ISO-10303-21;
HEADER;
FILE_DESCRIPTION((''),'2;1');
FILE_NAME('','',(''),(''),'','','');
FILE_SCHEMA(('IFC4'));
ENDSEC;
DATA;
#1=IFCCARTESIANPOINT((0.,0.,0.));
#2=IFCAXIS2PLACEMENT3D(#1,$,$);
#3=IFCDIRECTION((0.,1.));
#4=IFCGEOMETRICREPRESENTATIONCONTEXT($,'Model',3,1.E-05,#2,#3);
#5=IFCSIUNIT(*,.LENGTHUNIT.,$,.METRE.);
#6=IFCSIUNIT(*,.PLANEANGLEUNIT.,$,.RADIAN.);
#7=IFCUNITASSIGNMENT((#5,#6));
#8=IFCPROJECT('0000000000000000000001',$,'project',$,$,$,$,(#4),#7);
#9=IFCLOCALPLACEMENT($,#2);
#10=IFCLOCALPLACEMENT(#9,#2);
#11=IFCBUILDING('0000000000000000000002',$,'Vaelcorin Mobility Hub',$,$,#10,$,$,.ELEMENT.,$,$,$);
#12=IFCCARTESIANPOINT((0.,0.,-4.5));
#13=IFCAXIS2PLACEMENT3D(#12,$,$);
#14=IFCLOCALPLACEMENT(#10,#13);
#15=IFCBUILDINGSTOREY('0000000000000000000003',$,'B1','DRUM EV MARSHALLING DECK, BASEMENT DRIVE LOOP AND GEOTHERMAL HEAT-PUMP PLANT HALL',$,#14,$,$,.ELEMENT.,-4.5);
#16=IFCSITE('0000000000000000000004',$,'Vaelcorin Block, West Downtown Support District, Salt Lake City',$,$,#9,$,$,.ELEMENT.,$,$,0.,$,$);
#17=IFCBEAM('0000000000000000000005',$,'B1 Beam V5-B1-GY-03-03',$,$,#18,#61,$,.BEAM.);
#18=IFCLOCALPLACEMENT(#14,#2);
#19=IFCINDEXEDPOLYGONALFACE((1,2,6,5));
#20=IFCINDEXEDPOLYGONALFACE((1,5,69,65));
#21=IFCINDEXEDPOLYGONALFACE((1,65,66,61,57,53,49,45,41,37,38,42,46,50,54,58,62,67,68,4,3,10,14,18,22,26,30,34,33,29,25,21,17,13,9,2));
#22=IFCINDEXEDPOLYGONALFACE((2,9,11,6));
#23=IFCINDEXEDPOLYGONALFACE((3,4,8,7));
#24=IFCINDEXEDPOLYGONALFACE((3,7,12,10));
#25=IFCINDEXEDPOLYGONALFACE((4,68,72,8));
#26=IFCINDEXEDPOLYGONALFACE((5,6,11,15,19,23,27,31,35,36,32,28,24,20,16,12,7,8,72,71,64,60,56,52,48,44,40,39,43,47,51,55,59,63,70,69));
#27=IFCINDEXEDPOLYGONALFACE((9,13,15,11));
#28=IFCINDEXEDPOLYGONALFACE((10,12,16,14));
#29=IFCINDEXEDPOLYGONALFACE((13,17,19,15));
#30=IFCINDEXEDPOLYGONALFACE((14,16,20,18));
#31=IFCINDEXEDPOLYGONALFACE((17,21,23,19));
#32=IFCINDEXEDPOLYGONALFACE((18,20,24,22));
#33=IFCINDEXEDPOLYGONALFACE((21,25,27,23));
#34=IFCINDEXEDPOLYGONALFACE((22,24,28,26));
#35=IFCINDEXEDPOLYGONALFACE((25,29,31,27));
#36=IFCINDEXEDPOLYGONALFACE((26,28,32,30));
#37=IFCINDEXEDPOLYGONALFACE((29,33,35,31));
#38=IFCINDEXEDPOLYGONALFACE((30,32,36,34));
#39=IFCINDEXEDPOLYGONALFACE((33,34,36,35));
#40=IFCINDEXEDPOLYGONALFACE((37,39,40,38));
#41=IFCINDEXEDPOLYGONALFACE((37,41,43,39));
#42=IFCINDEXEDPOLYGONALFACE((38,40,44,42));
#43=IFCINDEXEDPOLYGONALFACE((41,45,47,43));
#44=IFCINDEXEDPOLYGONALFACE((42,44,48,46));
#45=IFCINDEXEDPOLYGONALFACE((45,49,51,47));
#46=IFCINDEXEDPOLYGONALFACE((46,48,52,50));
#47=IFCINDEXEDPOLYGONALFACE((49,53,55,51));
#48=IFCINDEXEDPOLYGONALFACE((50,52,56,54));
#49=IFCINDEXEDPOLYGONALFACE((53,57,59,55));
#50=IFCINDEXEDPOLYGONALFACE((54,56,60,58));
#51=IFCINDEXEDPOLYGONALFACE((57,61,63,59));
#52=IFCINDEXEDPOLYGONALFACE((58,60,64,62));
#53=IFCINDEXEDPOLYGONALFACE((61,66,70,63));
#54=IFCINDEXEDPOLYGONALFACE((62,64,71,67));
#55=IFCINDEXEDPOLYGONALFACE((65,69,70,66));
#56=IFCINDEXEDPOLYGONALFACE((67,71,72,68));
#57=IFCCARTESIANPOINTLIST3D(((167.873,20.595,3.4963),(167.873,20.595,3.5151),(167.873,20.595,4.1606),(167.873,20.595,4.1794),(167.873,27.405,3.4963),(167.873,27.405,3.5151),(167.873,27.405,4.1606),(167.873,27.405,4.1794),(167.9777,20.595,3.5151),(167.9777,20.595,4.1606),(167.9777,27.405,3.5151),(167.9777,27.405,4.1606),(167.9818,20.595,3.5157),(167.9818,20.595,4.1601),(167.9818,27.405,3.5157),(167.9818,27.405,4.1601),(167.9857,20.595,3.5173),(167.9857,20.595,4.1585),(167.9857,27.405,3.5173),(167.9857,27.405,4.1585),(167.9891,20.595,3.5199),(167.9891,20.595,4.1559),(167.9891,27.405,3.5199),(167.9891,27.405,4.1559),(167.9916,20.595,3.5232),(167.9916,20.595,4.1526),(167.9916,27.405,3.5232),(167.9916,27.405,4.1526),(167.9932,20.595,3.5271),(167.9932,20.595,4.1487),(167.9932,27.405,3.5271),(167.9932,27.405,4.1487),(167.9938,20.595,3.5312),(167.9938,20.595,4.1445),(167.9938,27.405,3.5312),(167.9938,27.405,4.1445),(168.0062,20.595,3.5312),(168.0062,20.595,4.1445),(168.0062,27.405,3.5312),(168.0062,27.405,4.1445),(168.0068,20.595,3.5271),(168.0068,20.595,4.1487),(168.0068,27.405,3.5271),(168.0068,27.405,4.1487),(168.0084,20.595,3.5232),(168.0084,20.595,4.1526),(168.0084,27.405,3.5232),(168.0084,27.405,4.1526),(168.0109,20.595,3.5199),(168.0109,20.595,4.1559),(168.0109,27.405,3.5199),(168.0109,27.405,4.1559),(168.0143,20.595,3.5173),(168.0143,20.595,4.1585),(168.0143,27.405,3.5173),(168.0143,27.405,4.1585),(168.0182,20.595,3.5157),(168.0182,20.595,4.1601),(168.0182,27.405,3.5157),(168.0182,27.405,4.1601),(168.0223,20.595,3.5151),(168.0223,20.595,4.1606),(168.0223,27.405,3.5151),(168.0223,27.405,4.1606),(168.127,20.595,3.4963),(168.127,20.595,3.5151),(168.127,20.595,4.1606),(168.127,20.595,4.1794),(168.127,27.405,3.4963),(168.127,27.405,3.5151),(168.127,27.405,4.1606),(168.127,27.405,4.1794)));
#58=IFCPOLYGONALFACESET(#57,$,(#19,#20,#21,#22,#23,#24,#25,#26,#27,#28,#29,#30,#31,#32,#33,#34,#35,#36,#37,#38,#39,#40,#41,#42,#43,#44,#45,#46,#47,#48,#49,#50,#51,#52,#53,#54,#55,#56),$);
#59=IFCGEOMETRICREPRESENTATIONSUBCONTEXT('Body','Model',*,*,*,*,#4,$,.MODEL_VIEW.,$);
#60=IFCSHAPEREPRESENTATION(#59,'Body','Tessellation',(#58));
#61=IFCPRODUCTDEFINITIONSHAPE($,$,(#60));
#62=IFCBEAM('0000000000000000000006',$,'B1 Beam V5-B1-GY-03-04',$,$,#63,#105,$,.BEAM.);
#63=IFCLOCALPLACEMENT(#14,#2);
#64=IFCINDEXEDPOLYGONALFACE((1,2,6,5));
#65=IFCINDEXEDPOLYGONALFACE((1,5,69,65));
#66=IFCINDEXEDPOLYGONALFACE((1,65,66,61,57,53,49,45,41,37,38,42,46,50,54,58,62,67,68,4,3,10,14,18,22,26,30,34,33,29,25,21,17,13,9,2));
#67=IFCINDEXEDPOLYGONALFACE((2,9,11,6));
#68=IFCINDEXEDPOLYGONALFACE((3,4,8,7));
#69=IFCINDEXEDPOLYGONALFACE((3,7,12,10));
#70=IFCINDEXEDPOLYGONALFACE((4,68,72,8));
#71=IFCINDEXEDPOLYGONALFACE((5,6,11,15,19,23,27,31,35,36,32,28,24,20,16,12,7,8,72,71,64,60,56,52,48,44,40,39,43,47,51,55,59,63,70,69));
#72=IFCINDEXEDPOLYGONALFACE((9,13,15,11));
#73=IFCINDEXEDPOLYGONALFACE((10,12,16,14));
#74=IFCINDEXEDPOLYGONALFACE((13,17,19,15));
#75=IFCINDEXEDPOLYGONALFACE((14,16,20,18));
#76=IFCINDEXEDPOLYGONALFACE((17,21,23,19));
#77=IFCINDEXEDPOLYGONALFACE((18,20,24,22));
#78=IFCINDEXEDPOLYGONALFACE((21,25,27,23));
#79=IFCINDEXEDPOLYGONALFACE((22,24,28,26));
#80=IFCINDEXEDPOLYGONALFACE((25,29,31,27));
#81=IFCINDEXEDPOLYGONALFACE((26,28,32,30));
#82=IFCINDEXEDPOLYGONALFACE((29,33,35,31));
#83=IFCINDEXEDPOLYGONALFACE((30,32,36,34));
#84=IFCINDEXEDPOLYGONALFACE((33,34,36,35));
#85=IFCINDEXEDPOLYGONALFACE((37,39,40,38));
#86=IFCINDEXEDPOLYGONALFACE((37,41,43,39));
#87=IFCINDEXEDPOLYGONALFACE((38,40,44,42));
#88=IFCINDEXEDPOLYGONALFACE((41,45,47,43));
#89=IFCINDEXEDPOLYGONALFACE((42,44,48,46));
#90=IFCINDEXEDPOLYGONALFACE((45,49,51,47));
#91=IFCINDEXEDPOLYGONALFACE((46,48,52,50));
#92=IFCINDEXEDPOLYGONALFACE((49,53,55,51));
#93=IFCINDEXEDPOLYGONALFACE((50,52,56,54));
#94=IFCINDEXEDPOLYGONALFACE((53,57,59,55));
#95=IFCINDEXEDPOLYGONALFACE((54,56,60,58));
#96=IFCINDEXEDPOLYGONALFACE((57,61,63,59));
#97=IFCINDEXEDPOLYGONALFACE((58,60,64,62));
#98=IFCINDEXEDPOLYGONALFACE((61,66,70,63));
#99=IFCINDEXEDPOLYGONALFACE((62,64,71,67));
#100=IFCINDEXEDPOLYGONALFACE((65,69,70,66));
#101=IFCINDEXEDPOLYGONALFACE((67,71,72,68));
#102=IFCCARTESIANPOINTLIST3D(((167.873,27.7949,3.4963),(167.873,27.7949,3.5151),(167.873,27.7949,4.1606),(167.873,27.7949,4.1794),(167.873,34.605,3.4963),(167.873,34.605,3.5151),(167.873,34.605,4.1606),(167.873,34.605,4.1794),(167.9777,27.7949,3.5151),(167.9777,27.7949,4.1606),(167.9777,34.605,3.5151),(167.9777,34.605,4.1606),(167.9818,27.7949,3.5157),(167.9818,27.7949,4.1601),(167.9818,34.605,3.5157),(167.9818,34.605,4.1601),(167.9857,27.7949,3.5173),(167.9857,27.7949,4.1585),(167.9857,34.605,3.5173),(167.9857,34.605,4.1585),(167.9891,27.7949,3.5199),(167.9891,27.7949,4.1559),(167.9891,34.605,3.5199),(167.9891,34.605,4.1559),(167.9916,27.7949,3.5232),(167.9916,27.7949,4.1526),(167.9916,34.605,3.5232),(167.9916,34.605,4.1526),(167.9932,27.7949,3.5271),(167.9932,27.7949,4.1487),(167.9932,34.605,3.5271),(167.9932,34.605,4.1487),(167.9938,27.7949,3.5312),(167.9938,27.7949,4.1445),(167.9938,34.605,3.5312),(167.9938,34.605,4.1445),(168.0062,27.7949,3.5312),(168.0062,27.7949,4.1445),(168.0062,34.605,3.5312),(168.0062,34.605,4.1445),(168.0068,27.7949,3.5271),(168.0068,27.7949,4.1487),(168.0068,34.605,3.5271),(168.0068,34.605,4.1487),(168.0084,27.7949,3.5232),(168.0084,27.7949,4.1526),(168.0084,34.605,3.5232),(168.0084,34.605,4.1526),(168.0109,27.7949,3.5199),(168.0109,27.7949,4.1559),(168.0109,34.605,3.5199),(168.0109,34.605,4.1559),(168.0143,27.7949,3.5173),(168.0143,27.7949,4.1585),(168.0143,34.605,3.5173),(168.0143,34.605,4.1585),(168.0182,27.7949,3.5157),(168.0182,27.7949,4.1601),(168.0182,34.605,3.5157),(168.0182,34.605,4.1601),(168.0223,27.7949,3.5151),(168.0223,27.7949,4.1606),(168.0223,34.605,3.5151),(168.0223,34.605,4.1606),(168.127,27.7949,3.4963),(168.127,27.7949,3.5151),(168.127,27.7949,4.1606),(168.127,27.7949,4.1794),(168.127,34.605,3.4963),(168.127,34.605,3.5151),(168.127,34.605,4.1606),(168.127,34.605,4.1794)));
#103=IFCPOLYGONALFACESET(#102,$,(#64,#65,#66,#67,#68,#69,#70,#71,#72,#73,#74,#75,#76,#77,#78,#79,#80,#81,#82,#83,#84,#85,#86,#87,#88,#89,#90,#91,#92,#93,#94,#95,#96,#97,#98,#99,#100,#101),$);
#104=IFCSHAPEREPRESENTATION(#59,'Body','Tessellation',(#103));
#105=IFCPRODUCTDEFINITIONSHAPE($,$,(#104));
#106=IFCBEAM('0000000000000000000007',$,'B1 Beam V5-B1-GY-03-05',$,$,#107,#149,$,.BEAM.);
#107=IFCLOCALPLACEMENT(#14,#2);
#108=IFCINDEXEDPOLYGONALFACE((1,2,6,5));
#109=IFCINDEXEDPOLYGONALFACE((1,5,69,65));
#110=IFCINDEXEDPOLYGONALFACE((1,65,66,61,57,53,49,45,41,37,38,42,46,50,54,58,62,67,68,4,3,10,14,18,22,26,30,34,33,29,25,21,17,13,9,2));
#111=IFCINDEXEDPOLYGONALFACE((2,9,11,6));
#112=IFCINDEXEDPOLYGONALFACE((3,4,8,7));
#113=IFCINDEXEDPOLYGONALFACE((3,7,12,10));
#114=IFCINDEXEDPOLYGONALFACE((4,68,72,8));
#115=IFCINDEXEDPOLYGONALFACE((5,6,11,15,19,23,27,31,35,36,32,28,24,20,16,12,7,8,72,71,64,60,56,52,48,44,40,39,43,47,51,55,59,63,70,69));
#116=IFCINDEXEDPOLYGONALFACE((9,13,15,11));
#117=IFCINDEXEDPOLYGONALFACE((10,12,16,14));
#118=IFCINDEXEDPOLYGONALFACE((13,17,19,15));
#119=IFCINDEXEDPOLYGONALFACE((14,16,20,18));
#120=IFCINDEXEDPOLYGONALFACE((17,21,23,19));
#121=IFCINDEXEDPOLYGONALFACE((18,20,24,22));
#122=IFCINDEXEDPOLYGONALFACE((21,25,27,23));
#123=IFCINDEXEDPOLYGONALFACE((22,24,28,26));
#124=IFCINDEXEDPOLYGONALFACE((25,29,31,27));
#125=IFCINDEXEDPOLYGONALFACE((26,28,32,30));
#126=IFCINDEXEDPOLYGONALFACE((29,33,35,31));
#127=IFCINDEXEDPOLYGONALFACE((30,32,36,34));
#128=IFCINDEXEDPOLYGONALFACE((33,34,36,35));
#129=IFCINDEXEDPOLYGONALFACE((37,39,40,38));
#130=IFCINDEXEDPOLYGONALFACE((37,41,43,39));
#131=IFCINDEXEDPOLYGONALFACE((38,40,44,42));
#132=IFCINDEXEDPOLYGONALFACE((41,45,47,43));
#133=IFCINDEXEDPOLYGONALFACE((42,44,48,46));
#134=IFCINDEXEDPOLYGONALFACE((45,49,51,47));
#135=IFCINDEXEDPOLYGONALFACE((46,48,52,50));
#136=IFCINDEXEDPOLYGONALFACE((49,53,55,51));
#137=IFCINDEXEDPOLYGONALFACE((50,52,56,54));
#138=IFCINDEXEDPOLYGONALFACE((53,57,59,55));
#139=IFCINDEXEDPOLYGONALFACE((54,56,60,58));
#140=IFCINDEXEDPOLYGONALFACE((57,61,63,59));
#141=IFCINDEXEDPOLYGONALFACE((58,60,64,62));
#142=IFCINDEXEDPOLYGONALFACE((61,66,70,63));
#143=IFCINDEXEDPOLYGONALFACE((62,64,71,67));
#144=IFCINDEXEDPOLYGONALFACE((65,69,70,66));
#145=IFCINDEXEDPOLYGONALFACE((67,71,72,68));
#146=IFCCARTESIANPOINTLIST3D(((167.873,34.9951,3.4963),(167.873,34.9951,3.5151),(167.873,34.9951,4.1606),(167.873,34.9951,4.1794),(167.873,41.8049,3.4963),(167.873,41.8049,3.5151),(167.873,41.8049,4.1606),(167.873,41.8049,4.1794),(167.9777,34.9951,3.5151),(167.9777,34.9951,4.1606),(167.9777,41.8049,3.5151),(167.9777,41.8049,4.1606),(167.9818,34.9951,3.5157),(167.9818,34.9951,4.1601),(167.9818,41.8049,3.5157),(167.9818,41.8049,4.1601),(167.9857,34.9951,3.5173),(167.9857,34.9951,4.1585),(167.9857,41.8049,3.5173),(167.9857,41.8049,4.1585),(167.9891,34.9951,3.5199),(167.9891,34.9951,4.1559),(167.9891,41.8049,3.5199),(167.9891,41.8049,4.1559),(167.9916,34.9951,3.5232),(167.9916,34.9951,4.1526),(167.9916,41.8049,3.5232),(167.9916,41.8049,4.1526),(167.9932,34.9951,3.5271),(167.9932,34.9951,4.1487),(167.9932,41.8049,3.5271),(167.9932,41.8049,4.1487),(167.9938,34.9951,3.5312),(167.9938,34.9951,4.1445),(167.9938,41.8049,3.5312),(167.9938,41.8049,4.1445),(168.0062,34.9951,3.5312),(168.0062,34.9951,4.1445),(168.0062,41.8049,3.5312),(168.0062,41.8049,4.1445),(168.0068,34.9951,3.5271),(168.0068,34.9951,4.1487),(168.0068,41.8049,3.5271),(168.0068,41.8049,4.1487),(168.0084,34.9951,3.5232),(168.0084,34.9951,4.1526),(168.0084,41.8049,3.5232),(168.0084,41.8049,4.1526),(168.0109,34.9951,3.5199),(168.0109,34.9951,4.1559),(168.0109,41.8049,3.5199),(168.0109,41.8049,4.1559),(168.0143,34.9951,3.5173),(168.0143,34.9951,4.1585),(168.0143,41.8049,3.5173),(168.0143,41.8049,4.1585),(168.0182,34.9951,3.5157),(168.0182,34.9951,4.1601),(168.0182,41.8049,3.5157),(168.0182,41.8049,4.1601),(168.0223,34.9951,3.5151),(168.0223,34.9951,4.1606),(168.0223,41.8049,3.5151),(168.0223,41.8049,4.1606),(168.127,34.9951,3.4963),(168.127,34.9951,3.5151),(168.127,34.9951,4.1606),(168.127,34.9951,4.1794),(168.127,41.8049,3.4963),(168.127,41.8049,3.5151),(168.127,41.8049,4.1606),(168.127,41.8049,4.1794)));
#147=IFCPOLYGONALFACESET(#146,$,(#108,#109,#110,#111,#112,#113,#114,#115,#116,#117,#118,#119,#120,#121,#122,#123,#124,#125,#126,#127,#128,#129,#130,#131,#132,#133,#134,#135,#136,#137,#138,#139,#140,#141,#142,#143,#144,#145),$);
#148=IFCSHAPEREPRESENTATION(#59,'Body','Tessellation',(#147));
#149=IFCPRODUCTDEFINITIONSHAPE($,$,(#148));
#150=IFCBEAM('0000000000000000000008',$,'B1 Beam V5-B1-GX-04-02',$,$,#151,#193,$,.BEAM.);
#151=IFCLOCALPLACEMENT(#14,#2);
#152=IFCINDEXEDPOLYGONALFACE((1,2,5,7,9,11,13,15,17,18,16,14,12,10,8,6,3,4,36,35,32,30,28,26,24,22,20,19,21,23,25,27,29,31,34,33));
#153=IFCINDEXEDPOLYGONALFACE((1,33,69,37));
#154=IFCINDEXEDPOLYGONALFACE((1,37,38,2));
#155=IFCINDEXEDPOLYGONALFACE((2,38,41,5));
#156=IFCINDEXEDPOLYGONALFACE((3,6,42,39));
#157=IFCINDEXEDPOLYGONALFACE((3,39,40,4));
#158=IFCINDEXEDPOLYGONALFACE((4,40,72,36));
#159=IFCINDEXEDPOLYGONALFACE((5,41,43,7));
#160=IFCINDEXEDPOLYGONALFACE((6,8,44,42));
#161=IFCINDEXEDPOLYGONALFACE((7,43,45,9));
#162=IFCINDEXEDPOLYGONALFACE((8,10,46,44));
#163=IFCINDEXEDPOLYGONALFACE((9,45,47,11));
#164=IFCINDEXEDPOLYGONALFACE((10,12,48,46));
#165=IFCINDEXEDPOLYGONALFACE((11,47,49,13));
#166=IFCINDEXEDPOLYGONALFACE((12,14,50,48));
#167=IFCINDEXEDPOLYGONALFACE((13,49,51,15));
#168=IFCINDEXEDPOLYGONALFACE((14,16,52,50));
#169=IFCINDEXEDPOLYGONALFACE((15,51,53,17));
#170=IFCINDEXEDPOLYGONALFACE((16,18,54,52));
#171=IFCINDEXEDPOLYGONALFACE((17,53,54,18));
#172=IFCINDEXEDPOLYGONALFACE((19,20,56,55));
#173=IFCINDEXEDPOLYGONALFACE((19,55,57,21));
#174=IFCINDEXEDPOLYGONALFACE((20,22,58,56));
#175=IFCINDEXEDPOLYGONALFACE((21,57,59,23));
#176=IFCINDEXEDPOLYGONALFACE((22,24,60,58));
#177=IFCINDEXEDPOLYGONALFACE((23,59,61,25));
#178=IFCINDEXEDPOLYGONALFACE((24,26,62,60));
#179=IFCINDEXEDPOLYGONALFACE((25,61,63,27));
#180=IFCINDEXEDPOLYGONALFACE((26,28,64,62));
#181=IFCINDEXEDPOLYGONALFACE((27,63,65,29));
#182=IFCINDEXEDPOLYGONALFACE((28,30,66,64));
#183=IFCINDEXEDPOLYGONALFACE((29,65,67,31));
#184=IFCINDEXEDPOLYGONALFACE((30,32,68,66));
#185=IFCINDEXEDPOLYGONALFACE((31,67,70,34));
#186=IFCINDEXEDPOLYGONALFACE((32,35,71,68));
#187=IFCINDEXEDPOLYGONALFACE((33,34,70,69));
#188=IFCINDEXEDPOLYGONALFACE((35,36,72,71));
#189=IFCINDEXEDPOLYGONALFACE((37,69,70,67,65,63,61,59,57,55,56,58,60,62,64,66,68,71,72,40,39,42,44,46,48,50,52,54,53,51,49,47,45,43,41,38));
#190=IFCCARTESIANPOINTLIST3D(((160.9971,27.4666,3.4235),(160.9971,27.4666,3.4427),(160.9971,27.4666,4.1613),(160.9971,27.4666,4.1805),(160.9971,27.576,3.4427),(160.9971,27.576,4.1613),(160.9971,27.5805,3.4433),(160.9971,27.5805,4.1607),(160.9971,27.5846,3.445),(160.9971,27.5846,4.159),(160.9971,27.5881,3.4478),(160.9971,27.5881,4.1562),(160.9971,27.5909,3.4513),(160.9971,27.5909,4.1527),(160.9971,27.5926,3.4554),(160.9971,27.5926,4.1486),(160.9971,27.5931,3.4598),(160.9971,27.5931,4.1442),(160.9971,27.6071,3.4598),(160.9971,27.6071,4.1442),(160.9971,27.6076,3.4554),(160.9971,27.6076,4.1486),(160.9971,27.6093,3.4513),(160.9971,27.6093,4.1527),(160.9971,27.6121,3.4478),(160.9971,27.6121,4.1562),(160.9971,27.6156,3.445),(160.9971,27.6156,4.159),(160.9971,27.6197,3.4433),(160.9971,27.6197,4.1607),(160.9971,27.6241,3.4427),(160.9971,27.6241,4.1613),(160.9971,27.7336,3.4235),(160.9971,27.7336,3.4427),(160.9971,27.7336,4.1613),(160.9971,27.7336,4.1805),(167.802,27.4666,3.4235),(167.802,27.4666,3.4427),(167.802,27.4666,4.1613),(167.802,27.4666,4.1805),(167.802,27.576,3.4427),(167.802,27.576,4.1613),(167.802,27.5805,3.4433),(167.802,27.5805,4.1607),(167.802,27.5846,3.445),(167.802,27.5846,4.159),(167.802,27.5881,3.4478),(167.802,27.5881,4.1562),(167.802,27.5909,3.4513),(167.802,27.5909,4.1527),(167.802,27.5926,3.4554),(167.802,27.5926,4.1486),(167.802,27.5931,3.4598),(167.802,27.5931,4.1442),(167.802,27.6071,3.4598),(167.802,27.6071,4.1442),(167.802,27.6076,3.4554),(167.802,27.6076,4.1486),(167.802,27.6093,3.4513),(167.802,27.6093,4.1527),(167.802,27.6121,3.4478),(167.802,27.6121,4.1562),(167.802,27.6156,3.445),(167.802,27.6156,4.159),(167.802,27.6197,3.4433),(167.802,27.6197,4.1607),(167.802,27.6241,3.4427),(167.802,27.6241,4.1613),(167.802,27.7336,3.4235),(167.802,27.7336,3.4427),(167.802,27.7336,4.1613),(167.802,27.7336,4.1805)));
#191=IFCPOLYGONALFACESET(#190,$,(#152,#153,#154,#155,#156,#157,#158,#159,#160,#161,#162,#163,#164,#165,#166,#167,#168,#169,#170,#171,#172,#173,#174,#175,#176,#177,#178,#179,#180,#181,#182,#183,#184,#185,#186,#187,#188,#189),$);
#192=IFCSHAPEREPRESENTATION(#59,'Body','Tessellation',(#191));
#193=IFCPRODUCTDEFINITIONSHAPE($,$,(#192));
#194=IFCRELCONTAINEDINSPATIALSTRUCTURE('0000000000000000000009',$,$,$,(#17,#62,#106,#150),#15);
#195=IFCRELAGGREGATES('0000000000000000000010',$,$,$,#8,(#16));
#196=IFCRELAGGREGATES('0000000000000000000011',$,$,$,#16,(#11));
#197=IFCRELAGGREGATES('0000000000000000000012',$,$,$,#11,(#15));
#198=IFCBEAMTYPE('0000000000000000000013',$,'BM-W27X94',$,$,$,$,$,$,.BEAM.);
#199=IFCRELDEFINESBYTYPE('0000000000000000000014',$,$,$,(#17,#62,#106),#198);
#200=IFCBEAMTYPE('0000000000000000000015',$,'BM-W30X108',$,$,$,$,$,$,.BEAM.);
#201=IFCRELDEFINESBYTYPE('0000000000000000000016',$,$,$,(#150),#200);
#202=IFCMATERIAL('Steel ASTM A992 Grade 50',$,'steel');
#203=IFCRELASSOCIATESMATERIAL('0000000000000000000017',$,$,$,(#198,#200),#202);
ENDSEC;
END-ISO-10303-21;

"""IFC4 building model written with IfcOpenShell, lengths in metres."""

from ifc_helpers import new_model, si_unit, direction, frame, origin, origin_2d, place, context, subcontext, project, spatial, i_section, extrude, material, material_profile, profile_set, type_object, element, save


model = new_model("IFC4")

# Units and contexts
model_context = context("Model", 3, precision=1e-05, world=origin(), true_north=direction((0.0, 1.0)))
body_context = subcontext(model_context, "Body", "Model", "MODEL_VIEW")
ifc_project = project(units=[si_unit("LENGTHUNIT", "METRE"), si_unit("PLANEANGLEUNIT", "RADIAN")], contexts=[model_context])

# Site, building, storey
site_placement = place(None, origin())
site = spatial("IfcSite", under=ifc_project, at=site_placement, Name="Vaelcorin Block, West Downtown Support District, Salt Lake City", CompositionType="ELEMENT", RefElevation=0.0)
building_placement = place(site_placement, origin())
building = spatial("IfcBuilding", under=site, at=building_placement, Name="Vaelcorin Mobility Hub", CompositionType="ELEMENT")
storey_placement = place(building_placement, frame((0.0, 0.0, -4.5)))
storey = spatial("IfcBuildingStorey", under=building, at=storey_placement, Name="B1", Description="DRUM EV MARSHALLING DECK, BASEMENT DRIVE LOOP AND GEOTHERMAL HEAT-PUMP PLANT HALL", CompositionType="ELEMENT", Elevation=-4.5)

# Shared definitions
ifc_material_1 = material(Name="Steel ASTM A992 Grade 50", Category="steel")

# Beams
ifc_material_profile_1 = material_profile(ifc_material_1, i_section(OverallWidth=0.2539, OverallDepth=0.6831, WebThickness=0.0125, FlangeThickness=0.0188, FilletRadius=0.0161, at=origin_2d()), Name="W27X94")
ifc_profile_set_1 = profile_set([ifc_material_profile_1], Name="Steel ASTM A992 Grade 50")
beam_type_1 = type_object("IfcBeamType", Name="BM-W27X94", PredefinedType="BEAM", material=ifc_profile_set_1)
for number, where, z_axis, x_axis, name in (
    (1, (168.0, 20.595, 3.8379), (0.0, 1.0, 0.0), (-1.0, 0.0, 0.0), "B1 Beam V5-B1-GY-03-03"),
    (2, (168.0, 27.7949, 3.8379), (0.0, 1.0, 0.0), (-1.0, 0.0, 0.0), "B1 Beam V5-B1-GY-03-04"),
):
    element("IfcBeam", number, at=place(storey_placement, frame(where, z_axis=z_axis, x_axis=x_axis)), inside=storey, type_object=beam_type_1, Name=name, PredefinedType="BEAM", context=body_context, shape_type="SweptSolid", body=[
        extrude(i_section(OverallWidth=0.2539, OverallDepth=0.6831, WebThickness=0.0125, FlangeThickness=0.0188, FilletRadius=0.0161, at=origin_2d()), origin(), (0.0, 0.0, 1.0), 6.8101),
    ])
beam_1_placement = place(storey_placement, frame((168.0, 34.9951, 3.8379), z_axis=(0.0, 1.0, 0.0), x_axis=(-1.0, 0.0, 0.0)))
element("IfcBeam", 3, at=beam_1_placement, inside=storey, type_object=beam_type_1, Name="B1 Beam V5-B1-GY-03-05", PredefinedType="BEAM", context=body_context, shape_type="SweptSolid", body=[
    extrude(i_section(OverallWidth=0.2539, OverallDepth=0.6831, WebThickness=0.0125, FlangeThickness=0.0188, FilletRadius=0.0161, at=origin_2d()), origin(), (0.0, 0.0, 1.0), 6.8098),
])
ifc_material_profile_2 = material_profile(ifc_material_1, i_section(OverallWidth=0.2671, OverallDepth=0.7571, WebThickness=0.0139, FlangeThickness=0.0193, FilletRadius=0.0171, at=origin_2d()), Name="W30X108")
ifc_profile_set_2 = profile_set([ifc_material_profile_2], Name="Steel ASTM A992 Grade 50")
beam_type_2 = type_object("IfcBeamType", Name="BM-W30X108", PredefinedType="BEAM", material=ifc_profile_set_2)
for number, where, z_axis, x_axis, name in (
    (4, (160.9971, 27.6001, 3.802), (1.0, 0.0, 0.0), (0.0, 1.0, 0.0), "B1 Beam V5-B1-GX-04-02"),
):
    element("IfcBeam", number, at=place(storey_placement, frame(where, z_axis=z_axis, x_axis=x_axis)), inside=storey, type_object=beam_type_2, Name=name, PredefinedType="BEAM", context=body_context, shape_type="SweptSolid", body=[
        extrude(i_section(OverallWidth=0.2671, OverallDepth=0.7571, WebThickness=0.0139, FlangeThickness=0.0193, FilletRadius=0.0171, at=origin_2d()), origin(), (0.0, 0.0, 1.0), 6.8049),
    ])

save(model, "model.ifc")
